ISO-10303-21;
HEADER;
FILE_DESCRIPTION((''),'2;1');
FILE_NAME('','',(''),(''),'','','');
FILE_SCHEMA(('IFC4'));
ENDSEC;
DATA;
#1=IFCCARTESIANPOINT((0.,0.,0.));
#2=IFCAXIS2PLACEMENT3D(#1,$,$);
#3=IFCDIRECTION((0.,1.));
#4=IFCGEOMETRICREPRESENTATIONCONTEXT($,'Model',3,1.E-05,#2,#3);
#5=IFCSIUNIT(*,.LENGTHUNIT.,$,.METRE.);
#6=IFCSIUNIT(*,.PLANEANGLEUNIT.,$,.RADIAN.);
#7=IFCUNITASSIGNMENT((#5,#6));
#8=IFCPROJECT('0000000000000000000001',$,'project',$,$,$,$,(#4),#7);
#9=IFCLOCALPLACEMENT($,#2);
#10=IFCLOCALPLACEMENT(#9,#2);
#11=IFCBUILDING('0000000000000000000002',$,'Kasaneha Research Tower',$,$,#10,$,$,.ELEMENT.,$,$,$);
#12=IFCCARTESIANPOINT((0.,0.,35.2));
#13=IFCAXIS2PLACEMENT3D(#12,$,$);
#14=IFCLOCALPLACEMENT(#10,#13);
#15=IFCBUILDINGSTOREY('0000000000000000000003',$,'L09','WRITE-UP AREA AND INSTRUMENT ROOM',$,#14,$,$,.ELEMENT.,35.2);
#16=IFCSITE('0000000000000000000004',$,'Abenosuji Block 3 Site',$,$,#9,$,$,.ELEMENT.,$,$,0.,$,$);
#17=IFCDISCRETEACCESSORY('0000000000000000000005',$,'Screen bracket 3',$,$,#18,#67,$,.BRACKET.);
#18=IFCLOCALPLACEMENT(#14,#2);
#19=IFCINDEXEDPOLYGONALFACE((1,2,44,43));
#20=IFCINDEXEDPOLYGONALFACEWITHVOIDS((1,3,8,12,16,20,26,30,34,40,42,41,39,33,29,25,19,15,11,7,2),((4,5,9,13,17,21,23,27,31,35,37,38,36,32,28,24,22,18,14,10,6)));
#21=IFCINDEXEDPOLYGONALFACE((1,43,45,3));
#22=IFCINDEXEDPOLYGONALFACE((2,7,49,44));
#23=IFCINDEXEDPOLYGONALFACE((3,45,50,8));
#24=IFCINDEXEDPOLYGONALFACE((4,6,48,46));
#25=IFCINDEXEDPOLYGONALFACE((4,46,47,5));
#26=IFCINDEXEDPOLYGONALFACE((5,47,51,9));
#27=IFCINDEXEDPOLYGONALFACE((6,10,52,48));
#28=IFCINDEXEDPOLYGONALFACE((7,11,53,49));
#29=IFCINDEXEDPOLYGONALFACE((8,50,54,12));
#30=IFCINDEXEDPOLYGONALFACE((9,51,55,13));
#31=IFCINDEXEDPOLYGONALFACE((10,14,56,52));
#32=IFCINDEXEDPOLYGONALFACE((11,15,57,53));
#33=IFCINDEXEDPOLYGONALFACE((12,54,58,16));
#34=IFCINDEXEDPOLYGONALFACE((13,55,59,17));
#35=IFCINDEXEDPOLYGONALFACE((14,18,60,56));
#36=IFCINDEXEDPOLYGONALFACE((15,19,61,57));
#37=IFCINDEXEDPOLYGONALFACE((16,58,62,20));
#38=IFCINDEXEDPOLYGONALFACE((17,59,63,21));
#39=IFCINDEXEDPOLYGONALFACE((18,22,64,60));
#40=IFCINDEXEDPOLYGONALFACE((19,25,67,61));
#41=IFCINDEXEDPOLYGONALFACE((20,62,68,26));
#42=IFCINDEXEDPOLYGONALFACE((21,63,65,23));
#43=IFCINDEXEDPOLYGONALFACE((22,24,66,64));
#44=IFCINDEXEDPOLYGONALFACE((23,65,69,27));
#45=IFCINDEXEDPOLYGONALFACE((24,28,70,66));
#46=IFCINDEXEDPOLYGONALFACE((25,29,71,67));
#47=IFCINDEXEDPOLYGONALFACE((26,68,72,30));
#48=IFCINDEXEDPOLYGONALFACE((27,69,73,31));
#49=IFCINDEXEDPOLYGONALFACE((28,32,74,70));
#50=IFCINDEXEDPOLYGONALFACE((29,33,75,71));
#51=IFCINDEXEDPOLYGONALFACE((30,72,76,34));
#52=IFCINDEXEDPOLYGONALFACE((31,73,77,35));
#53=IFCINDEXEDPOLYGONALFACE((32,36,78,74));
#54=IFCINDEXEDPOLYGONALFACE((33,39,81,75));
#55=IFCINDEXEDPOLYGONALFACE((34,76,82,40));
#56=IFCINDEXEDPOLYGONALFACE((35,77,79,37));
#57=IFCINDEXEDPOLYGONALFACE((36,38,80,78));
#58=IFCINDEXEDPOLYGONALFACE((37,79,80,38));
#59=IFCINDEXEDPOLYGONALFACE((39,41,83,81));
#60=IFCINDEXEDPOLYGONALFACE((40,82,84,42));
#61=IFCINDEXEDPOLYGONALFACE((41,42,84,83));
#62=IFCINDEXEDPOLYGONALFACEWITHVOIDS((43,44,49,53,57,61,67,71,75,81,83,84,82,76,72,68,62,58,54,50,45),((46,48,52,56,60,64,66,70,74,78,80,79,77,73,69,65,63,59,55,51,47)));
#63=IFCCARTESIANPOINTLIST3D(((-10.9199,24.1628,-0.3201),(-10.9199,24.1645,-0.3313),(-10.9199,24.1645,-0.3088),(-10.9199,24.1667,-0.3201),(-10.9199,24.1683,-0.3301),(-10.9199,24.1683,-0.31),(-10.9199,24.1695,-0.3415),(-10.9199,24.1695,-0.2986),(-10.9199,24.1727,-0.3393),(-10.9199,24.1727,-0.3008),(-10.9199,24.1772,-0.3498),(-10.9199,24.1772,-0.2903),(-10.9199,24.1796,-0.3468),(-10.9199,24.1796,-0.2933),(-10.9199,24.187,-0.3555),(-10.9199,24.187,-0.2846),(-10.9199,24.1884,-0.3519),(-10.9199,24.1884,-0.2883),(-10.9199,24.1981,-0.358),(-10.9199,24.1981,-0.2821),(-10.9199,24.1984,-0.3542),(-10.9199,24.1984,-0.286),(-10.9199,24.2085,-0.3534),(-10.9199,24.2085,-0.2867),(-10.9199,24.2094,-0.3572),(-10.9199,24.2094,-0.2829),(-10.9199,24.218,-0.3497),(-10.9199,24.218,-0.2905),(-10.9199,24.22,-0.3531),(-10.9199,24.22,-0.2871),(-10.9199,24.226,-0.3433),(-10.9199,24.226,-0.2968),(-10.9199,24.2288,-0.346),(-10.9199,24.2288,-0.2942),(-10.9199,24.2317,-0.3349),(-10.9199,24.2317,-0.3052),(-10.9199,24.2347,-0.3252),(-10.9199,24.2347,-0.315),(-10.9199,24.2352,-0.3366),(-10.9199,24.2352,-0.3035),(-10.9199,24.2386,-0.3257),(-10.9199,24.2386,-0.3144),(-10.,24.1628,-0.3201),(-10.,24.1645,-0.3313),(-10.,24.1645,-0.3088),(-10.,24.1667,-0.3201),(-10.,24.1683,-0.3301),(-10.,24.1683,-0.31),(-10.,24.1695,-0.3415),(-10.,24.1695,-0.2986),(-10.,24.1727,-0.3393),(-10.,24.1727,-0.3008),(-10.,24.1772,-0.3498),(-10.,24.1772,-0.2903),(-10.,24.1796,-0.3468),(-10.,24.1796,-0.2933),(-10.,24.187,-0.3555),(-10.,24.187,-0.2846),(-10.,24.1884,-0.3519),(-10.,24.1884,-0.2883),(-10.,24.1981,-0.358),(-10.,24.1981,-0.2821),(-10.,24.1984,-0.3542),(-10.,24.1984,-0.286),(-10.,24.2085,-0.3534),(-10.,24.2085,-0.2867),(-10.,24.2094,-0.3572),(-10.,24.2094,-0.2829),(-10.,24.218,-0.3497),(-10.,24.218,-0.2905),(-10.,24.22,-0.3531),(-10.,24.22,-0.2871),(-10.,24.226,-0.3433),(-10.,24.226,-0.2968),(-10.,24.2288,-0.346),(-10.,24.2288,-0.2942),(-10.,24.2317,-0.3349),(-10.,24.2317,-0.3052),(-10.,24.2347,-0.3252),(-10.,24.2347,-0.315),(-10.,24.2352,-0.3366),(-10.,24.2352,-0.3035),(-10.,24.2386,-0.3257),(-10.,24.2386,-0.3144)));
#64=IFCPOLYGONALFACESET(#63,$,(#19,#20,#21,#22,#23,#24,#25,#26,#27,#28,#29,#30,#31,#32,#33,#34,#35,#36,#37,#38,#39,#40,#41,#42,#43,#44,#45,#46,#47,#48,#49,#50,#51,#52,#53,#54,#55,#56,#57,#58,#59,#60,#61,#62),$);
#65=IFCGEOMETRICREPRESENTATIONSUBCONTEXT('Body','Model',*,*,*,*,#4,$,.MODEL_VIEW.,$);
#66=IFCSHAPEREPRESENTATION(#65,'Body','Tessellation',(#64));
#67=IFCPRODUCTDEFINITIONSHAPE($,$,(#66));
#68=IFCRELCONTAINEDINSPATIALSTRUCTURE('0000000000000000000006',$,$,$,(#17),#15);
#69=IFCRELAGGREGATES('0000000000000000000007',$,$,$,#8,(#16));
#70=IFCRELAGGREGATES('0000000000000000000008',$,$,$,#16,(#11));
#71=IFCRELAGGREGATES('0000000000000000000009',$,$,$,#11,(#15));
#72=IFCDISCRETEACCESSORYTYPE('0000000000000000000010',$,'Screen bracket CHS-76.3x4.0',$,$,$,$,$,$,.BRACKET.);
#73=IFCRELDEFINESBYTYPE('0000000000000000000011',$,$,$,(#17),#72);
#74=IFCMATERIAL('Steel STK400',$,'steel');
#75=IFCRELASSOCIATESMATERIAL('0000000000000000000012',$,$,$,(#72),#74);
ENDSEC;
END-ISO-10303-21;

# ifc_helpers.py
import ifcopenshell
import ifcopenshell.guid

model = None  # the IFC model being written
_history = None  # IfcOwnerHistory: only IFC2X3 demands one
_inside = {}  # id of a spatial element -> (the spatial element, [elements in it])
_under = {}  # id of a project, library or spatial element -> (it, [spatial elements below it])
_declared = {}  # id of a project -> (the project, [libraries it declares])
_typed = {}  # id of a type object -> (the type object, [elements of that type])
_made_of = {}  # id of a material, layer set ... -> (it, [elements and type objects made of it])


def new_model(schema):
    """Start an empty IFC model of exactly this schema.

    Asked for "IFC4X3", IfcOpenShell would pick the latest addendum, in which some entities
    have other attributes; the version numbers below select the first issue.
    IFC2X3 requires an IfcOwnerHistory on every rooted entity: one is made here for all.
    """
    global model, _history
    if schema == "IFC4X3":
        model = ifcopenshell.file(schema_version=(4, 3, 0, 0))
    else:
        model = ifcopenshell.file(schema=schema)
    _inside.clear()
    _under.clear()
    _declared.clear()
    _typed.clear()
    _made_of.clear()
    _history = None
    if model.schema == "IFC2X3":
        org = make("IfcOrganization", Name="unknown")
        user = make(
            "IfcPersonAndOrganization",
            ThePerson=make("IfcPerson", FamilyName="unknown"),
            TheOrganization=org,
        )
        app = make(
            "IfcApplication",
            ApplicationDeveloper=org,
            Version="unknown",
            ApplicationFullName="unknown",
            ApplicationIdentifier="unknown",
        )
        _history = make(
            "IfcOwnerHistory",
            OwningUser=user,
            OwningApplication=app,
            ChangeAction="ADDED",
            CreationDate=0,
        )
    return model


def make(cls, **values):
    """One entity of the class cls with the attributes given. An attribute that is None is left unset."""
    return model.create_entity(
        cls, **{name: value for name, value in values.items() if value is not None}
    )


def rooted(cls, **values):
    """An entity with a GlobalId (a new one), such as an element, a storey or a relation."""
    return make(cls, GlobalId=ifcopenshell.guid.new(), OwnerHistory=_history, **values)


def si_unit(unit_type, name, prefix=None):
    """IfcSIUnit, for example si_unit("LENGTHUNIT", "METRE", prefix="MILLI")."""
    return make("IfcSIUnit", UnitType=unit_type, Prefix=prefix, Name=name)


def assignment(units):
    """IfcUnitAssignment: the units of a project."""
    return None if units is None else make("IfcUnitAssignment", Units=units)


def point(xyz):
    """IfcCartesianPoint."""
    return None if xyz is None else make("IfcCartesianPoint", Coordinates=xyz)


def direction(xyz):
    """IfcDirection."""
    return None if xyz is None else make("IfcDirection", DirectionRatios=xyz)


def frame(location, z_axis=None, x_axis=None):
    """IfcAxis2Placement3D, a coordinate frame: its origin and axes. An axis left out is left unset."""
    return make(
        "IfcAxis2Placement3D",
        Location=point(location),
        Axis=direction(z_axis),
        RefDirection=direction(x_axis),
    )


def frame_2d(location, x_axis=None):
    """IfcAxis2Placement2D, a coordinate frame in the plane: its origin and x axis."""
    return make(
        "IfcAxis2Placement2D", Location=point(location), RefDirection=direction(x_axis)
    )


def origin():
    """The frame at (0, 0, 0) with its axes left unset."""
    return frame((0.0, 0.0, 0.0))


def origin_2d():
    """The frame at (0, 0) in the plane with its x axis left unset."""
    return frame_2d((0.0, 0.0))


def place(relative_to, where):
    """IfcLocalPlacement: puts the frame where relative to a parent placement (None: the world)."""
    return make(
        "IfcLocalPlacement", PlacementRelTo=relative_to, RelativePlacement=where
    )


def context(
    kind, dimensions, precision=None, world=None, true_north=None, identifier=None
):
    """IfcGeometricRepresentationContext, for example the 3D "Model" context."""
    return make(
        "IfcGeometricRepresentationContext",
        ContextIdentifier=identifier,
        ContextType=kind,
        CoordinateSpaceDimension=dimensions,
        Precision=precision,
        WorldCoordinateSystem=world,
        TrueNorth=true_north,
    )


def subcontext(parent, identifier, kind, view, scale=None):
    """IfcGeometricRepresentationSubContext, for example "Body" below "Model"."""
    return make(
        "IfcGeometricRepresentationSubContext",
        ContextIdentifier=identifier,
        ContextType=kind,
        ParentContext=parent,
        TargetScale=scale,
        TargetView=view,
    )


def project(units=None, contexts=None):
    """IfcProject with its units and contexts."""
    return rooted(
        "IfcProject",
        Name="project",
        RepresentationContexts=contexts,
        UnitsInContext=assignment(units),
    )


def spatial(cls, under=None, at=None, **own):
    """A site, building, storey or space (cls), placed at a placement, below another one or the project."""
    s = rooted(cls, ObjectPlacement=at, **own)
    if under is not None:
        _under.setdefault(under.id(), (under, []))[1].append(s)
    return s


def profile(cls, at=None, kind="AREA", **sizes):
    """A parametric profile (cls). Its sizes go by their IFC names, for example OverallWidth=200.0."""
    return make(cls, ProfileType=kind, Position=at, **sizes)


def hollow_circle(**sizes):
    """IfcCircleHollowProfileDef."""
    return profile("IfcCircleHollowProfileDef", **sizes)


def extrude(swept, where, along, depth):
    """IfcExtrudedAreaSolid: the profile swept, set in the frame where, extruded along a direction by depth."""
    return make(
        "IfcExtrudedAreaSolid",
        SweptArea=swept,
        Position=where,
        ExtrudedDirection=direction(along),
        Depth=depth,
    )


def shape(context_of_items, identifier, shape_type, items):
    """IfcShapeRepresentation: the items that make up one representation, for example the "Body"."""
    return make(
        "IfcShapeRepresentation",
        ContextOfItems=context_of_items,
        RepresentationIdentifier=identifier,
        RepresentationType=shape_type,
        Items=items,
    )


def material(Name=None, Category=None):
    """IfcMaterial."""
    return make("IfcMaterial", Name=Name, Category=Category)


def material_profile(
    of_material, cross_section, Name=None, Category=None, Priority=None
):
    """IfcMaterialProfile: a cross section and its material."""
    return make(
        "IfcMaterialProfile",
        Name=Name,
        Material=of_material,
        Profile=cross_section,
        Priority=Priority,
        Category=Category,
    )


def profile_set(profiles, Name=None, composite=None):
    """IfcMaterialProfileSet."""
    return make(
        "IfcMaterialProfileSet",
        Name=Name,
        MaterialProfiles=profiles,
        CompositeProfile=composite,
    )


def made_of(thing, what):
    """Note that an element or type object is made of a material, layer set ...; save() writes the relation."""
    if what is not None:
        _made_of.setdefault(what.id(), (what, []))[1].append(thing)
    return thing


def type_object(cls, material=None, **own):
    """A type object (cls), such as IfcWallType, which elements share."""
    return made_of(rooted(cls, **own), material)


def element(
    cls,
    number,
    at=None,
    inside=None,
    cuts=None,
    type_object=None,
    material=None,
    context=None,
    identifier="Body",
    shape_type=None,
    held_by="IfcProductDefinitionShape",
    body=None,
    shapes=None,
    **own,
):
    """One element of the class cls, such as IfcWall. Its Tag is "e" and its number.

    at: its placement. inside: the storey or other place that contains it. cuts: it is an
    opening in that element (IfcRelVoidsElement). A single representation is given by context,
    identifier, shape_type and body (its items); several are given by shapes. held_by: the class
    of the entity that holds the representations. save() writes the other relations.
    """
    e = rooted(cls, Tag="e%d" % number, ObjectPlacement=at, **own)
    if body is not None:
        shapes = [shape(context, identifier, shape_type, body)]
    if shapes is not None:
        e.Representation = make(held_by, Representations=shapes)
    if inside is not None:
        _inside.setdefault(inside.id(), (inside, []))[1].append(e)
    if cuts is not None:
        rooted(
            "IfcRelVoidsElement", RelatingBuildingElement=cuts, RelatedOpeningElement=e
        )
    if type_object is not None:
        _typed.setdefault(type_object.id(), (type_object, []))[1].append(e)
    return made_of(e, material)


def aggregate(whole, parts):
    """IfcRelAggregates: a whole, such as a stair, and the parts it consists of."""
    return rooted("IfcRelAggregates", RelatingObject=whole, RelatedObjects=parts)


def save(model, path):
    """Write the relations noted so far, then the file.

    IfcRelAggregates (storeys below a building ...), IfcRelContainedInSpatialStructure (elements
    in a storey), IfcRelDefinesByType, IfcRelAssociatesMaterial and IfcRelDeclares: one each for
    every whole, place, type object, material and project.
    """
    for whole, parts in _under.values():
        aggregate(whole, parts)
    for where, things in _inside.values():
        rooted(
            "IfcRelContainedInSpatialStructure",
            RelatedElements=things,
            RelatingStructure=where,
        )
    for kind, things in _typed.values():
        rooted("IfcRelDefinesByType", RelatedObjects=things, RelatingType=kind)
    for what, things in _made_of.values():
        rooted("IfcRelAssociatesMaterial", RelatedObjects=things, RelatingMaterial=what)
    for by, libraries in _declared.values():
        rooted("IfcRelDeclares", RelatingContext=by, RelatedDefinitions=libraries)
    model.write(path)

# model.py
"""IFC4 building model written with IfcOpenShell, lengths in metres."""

from ifc_helpers import new_model, si_unit, direction, frame, origin, origin_2d, place, context, subcontext, project, spatial, hollow_circle, extrude, material, material_profile, profile_set, type_object, element, save


model = new_model("IFC4")

# Units and contexts
model_context = context("Model", 3, precision=1e-05, world=origin(), true_north=direction((0.0, 1.0)))
body_context = subcontext(model_context, "Body", "Model", "MODEL_VIEW")
ifc_project = project(units=[si_unit("LENGTHUNIT", "METRE"), si_unit("PLANEANGLEUNIT", "RADIAN")], contexts=[model_context])

# Site, building, storey
site_placement = place(None, origin())
site = spatial("IfcSite", under=ifc_project, at=site_placement, Name="Abenosuji Block 3 Site", CompositionType="ELEMENT", RefElevation=0.0)
building_placement = place(site_placement, origin())
building = spatial("IfcBuilding", under=site, at=building_placement, Name="Kasaneha Research Tower", CompositionType="ELEMENT")
storey_placement = place(building_placement, frame((0.0, 0.0, 35.2)))
storey = spatial("IfcBuildingStorey", under=building, at=storey_placement, Name="L09", Description="WRITE-UP AREA AND INSTRUMENT ROOM", CompositionType="ELEMENT", Elevation=35.2)

# Discrete accessory
ifc_material_1 = material(Name="Steel STK400", Category="steel")
ifc_material_profile_1 = material_profile(ifc_material_1, hollow_circle(Radius=0.0381, WallThickness=0.0039, at=origin_2d()), Name="CHS-76.3x4.0")
ifc_profile_set_1 = profile_set([ifc_material_profile_1], Name="Steel STK400")
discrete_accessory_type = type_object("IfcDiscreteAccessoryType", Name="Screen bracket CHS-76.3x4.0", PredefinedType="BRACKET", material=ifc_profile_set_1)
for number, where, z_axis, x_axis, name in (
    (1, (-10.0, 24.2009, -0.3201), (-1.0, 0.0, 0.0), (0.0, -1.0, 0.0), "Screen bracket 3"),
):
    element("IfcDiscreteAccessory", number, at=place(storey_placement, frame(where, z_axis=z_axis, x_axis=x_axis)), inside=storey, type_object=discrete_accessory_type, Name=name, PredefinedType="BRACKET", context=body_context, shape_type="SweptSolid", body=[
        extrude(hollow_circle(Radius=0.0381, WallThickness=0.0039, at=origin_2d()), origin(), (0.0, 0.0, 1.0), 0.9199),
    ])

save(model, "model.ifc")
